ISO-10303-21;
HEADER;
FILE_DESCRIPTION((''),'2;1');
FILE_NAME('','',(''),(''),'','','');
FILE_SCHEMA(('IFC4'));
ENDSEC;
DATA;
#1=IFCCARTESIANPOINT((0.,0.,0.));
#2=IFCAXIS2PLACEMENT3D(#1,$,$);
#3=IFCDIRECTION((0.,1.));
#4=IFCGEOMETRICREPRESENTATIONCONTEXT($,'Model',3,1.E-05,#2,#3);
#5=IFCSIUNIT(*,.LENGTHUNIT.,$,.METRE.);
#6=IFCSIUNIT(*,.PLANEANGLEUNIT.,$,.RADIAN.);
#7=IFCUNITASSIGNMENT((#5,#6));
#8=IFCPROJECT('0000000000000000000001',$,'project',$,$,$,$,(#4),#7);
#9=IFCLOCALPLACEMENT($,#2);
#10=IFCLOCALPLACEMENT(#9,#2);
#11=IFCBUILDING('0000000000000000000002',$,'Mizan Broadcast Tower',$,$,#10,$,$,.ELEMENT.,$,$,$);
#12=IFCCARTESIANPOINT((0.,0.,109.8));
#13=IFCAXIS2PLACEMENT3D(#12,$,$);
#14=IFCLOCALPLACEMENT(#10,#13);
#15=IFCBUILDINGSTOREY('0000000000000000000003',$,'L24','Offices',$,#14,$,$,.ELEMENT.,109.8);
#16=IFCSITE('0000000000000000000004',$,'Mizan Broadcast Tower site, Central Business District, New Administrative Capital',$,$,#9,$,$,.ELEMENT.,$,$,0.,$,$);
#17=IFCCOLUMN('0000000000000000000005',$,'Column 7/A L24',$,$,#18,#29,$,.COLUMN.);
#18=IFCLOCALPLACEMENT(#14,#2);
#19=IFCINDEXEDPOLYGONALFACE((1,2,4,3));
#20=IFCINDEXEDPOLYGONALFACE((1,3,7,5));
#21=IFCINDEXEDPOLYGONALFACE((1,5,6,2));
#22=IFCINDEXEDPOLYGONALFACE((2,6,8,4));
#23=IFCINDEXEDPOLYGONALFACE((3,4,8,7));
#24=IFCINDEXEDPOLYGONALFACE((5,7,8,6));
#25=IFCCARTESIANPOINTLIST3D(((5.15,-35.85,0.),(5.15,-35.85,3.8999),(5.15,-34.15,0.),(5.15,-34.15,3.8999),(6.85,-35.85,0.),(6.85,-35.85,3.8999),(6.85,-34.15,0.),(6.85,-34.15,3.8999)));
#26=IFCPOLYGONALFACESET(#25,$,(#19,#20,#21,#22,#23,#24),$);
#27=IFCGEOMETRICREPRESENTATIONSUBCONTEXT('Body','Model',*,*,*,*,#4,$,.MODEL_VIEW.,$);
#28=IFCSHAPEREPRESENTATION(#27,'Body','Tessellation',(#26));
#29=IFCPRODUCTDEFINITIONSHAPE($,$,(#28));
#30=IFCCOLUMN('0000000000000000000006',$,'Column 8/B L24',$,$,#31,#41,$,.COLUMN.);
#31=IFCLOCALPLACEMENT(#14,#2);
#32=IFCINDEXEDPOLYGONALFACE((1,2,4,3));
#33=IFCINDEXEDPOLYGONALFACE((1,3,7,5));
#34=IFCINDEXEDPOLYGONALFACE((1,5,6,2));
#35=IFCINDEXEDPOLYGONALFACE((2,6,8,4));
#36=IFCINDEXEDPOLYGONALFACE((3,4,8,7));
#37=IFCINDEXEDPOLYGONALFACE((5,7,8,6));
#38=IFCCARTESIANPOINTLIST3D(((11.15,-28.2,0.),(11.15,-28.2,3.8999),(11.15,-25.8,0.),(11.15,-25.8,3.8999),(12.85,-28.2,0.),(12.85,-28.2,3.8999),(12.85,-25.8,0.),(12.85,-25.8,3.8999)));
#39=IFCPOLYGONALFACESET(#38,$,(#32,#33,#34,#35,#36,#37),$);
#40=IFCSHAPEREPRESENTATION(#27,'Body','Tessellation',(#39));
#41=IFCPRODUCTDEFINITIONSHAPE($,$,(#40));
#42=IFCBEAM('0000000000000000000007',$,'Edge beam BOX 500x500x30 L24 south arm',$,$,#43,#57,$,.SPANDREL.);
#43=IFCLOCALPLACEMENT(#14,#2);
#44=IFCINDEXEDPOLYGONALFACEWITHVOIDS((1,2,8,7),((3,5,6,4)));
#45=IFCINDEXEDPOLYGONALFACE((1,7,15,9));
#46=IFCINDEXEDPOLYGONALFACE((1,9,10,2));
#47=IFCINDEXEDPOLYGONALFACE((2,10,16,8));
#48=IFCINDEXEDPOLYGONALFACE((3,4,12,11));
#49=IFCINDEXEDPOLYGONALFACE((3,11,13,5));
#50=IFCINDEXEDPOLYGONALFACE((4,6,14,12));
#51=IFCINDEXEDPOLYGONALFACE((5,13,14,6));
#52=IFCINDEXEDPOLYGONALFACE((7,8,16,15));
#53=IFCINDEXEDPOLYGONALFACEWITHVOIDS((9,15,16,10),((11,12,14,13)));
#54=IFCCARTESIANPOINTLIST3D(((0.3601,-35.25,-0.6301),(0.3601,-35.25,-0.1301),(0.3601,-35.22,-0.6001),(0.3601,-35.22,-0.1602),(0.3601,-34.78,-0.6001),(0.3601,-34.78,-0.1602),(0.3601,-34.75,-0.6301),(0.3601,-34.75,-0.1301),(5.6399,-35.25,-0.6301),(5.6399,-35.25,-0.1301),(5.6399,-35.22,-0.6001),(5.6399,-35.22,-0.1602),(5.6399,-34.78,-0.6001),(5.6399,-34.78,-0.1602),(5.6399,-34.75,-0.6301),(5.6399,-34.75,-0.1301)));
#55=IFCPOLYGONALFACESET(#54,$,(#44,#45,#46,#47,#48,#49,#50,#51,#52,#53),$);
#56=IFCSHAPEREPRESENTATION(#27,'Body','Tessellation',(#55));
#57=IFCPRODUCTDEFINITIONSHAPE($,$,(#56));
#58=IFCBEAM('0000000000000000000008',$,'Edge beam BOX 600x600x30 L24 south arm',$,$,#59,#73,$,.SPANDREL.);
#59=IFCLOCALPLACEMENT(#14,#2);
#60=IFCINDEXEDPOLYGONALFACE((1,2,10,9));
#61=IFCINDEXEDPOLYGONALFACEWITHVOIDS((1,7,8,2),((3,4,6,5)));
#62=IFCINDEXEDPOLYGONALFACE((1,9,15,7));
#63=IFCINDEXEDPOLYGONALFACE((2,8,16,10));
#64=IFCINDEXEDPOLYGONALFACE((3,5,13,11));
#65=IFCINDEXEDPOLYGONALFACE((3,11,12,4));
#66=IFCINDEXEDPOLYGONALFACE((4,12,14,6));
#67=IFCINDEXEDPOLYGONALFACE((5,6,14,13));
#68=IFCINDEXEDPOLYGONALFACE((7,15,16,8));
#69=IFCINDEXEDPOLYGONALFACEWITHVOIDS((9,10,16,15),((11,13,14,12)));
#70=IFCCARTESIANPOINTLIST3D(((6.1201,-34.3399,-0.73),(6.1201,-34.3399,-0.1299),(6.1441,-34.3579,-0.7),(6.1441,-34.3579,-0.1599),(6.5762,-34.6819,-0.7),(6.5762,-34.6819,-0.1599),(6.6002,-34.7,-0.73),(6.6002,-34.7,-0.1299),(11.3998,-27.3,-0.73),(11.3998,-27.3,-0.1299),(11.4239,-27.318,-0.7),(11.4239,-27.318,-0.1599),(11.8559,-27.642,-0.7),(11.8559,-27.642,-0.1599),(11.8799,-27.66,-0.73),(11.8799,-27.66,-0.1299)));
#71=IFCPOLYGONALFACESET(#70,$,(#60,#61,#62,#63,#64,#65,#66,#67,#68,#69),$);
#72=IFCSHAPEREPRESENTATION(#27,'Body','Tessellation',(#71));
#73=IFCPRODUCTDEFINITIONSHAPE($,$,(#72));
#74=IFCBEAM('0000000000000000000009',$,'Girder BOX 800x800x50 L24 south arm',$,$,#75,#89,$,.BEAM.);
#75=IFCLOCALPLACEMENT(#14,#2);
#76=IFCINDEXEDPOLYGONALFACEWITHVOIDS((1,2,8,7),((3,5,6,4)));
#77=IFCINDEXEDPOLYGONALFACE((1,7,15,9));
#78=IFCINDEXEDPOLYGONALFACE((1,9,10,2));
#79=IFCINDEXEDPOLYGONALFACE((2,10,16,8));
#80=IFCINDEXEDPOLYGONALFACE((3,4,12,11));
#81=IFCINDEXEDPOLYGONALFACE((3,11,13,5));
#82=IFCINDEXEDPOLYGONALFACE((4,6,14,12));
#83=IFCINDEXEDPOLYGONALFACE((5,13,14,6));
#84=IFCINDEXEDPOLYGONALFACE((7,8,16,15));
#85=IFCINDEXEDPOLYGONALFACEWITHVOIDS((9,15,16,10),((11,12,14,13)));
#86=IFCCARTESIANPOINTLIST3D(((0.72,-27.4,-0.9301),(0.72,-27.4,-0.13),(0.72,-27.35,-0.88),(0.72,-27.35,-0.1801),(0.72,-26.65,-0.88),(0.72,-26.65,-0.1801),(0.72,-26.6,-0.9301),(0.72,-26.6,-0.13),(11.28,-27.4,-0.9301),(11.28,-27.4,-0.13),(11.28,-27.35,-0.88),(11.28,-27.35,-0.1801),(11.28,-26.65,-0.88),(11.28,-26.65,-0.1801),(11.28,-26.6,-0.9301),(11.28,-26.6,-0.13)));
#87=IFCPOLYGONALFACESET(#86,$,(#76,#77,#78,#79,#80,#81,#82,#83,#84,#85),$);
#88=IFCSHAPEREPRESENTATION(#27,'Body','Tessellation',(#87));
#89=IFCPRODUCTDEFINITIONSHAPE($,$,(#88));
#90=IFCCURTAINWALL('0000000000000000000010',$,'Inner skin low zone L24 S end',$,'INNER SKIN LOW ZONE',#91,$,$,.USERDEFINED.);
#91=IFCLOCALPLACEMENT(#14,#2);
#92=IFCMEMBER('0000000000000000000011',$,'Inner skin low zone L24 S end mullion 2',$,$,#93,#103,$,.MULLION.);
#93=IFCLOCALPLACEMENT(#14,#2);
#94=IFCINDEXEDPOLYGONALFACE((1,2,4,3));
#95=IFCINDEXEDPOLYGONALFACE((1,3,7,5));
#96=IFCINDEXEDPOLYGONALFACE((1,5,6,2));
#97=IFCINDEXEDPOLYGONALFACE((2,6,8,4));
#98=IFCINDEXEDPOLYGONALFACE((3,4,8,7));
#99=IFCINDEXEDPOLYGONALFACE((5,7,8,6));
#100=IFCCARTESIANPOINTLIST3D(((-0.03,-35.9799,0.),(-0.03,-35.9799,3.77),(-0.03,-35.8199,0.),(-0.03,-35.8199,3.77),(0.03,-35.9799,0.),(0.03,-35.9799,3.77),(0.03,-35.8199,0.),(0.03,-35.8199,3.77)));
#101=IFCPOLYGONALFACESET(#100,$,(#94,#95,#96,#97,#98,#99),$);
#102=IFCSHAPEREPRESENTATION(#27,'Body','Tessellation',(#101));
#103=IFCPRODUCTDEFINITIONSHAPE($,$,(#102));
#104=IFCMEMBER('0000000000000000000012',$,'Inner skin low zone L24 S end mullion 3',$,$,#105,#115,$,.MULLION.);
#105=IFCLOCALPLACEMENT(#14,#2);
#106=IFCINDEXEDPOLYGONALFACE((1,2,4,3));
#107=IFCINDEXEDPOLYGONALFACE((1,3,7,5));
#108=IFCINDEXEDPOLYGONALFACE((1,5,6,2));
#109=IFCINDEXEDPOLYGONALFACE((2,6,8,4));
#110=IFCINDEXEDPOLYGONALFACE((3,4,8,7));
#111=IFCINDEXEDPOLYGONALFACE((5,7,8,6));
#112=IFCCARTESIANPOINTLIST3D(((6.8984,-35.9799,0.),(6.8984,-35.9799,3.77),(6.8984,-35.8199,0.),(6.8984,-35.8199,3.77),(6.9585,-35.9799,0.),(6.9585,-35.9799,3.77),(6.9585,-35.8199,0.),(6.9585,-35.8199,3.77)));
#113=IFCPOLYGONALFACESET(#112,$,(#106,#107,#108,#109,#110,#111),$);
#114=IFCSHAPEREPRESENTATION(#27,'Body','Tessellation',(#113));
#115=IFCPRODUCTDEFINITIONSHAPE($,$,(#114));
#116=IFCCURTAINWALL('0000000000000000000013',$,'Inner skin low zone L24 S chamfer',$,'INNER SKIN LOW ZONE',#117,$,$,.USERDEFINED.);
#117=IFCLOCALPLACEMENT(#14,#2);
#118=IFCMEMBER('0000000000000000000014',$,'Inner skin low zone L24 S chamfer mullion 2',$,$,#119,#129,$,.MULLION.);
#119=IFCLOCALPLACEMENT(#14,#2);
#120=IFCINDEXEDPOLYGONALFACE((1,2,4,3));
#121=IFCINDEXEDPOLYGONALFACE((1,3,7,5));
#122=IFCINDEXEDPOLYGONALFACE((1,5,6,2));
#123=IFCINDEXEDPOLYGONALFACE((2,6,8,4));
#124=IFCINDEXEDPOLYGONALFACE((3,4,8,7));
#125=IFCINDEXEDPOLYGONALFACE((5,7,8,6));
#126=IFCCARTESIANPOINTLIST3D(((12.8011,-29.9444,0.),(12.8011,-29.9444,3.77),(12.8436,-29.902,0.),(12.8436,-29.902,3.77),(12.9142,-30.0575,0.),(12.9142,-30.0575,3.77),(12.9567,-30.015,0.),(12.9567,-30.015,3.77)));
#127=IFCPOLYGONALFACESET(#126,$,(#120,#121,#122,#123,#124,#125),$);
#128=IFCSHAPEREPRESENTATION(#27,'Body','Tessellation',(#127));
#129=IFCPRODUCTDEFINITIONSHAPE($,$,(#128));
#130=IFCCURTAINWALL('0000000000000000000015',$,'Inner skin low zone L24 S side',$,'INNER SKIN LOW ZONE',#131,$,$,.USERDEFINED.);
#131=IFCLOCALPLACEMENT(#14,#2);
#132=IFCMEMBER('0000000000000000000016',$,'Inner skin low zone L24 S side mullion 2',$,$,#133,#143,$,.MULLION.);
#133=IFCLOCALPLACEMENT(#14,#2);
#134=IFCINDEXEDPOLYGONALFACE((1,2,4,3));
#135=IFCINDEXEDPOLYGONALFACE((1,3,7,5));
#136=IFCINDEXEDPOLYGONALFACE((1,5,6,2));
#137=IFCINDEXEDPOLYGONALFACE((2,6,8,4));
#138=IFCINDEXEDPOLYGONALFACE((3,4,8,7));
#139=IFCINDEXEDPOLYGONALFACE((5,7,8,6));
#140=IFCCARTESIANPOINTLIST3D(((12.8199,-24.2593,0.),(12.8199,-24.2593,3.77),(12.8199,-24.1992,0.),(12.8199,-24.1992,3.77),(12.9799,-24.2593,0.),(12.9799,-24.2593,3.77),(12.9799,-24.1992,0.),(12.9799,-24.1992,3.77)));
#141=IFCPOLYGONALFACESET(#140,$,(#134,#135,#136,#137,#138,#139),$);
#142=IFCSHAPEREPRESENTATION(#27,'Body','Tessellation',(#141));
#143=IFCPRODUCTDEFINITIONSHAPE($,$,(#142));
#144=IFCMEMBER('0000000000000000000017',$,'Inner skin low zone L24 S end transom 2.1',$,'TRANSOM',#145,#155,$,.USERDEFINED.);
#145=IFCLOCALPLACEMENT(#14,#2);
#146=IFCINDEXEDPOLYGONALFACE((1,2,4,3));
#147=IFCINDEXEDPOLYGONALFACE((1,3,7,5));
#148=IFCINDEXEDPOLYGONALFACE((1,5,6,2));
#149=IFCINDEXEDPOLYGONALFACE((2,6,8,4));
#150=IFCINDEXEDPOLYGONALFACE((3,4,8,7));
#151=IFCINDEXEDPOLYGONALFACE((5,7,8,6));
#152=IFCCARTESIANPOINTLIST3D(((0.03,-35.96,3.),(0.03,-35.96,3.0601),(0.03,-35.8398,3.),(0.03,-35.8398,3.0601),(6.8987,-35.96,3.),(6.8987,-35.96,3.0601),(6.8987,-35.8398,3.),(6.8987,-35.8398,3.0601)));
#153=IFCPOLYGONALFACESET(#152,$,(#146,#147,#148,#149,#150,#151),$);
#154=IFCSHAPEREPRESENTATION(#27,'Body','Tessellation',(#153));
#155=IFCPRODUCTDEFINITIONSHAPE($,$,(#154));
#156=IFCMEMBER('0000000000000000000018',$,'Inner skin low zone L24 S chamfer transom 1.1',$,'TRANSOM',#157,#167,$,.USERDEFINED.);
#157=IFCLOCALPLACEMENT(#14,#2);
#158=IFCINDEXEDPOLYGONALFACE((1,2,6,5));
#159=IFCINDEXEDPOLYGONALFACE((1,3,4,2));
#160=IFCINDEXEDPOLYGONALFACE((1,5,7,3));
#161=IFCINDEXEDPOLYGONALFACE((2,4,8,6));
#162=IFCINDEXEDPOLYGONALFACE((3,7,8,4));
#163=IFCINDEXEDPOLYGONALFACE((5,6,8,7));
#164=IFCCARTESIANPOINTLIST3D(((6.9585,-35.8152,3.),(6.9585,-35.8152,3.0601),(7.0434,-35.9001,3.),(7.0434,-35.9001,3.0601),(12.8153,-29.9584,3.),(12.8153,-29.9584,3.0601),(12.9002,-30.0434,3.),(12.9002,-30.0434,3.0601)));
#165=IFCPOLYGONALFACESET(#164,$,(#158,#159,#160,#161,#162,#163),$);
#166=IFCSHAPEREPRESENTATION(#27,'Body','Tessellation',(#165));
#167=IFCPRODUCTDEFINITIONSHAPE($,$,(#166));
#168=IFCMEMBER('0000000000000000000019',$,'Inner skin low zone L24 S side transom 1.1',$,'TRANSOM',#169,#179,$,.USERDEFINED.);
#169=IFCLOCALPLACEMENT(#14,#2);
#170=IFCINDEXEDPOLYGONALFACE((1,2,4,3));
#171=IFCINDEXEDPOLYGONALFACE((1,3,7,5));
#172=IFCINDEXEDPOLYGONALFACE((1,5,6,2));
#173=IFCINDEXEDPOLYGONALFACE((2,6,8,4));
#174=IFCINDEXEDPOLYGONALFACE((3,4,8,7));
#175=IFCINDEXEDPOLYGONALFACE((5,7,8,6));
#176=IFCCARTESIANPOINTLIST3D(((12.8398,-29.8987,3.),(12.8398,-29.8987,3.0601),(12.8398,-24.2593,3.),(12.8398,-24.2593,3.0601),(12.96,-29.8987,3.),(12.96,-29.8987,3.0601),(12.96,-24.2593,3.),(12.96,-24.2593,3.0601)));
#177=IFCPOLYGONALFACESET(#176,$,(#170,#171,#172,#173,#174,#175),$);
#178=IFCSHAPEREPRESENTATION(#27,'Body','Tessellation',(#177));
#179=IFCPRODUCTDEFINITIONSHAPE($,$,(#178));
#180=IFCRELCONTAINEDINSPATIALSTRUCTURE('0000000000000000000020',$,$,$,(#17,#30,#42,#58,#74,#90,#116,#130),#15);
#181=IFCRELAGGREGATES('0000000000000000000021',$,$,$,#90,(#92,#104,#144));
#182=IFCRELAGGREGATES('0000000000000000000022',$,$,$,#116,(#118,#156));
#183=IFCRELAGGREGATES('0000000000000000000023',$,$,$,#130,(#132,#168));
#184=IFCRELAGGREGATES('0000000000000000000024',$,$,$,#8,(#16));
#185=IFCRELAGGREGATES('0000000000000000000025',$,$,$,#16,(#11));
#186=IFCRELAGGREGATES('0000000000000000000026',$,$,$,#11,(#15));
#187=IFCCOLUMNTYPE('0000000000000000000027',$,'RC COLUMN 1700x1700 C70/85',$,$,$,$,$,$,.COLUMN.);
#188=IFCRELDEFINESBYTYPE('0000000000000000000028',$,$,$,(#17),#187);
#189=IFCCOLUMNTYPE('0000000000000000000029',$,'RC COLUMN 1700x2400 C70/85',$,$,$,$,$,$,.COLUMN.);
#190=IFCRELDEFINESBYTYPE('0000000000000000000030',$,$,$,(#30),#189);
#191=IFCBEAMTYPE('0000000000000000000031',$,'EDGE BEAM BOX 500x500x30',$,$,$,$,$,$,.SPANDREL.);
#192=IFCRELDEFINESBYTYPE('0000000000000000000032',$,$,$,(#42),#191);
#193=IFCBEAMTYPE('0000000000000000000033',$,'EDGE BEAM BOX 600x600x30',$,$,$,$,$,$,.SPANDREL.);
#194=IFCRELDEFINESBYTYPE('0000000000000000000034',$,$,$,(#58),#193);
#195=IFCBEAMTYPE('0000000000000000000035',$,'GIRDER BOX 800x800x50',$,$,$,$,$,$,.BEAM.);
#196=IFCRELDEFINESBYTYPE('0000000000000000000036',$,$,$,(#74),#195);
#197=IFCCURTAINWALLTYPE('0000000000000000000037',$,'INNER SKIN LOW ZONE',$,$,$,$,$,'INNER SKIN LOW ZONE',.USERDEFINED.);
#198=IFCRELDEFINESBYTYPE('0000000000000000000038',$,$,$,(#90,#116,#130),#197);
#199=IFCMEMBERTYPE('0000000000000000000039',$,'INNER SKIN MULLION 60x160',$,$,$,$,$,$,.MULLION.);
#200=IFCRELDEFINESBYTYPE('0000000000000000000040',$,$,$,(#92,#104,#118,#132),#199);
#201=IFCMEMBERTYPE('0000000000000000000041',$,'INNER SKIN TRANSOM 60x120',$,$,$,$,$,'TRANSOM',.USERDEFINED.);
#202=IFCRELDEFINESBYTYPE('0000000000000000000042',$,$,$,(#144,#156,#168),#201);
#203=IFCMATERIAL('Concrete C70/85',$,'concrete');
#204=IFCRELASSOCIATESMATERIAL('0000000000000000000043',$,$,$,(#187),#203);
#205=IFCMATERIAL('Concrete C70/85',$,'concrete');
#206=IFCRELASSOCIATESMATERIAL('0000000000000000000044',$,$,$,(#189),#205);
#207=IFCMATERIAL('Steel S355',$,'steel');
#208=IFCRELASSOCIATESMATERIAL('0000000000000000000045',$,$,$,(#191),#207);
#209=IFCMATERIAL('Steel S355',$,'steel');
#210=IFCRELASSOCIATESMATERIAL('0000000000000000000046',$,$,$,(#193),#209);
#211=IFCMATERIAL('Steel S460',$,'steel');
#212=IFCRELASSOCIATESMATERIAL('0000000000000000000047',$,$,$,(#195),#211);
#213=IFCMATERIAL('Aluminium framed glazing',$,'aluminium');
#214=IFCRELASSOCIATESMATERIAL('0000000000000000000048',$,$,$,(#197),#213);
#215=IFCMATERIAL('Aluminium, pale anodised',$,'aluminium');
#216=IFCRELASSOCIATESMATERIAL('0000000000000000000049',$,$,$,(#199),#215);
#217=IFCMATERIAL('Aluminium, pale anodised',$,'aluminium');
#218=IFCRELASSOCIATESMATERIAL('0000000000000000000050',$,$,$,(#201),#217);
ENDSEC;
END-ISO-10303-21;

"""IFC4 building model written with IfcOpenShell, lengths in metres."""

from ifc_helpers import new_model, si_unit, direction, frame, origin, origin_2d, place, context, subcontext, project, spatial, rectangle, hollow_rectangle, extrude, material, material_profile, profile_set, type_object, element, aggregate, save


model = new_model("IFC4")

# Units and contexts
model_context = context("Model", 3, precision=1e-05, world=origin(), true_north=direction((0.0, 1.0)))
body_context = subcontext(model_context, "Body", "Model", "MODEL_VIEW")
ifc_project = project(units=[si_unit("LENGTHUNIT", "METRE"), si_unit("PLANEANGLEUNIT", "RADIAN")], contexts=[model_context])

# Site, building, storey
site_placement = place(None, origin())
site = spatial("IfcSite", under=ifc_project, at=site_placement, Name="Mizan Broadcast Tower site, Central Business District, New Administrative Capital", CompositionType="ELEMENT", RefElevation=0.0)
building_placement = place(site_placement, origin())
building = spatial("IfcBuilding", under=site, at=building_placement, Name="Mizan Broadcast Tower", CompositionType="ELEMENT")
storey_placement = place(building_placement, frame((0.0, 0.0, 109.8)))
storey = spatial("IfcBuildingStorey", under=building, at=storey_placement, Name="L24", Description="Offices", CompositionType="ELEMENT", Elevation=109.8)

# Columns
ifc_material_1 = material(Name="Concrete C70/85", Category="concrete")
ifc_material_profile_1 = material_profile(ifc_material_1, rectangle(XDim=1.7, YDim=1.7, at=origin_2d()), Name="RC 1700x1700")
ifc_profile_set_1 = profile_set([ifc_material_profile_1], Name="Concrete C70/85")
column_type_1 = type_object("IfcColumnType", Name="RC COLUMN 1700x1700 C70/85", PredefinedType="COLUMN", material=ifc_profile_set_1)
column_1_placement = place(storey_placement, frame((6.0, -35.0, 0.0), z_axis=(0.0, 0.0, 1.0), x_axis=(1.0, 0.0, 0.0)))
element("IfcColumn", 1, at=column_1_placement, inside=storey, type_object=column_type_1, Name="Column 7/A L24", PredefinedType="COLUMN", context=body_context, shape_type="SweptSolid", body=[
    extrude(rectangle(XDim=1.7, YDim=1.7, at=origin_2d()), origin(), (0.0, 0.0, 1.0), 3.8999),
])
ifc_material_2 = material(Name="Concrete C70/85", Category="concrete")
ifc_material_profile_2 = material_profile(ifc_material_2, rectangle(XDim=1.7, YDim=2.3999, at=origin_2d()), Name="RC 1700x2400")
ifc_profile_set_2 = profile_set([ifc_material_profile_2], Name="Concrete C70/85")
column_type_2 = type_object("IfcColumnType", Name="RC COLUMN 1700x2400 C70/85", PredefinedType="COLUMN", material=ifc_profile_set_2)
column_2_placement = place(storey_placement, frame((12.0, -27.0, 0.0), z_axis=(0.0, 0.0, 1.0), x_axis=(1.0, 0.0, 0.0)))
element("IfcColumn", 2, at=column_2_placement, inside=storey, type_object=column_type_2, Name="Column 8/B L24", PredefinedType="COLUMN", context=body_context, shape_type="SweptSolid", body=[
    extrude(rectangle(XDim=1.7, YDim=2.3999, at=origin_2d()), origin(), (0.0, 0.0, 1.0), 3.8999),
])

# Beams
ifc_material_3 = material(Name="Steel S355", Category="steel")
ifc_material_profile_3 = material_profile(ifc_material_3, hollow_rectangle(XDim=0.5, YDim=0.5, WallThickness=0.03, at=origin_2d()), Name="BOX 500x500x30")
ifc_profile_set_3 = profile_set([ifc_material_profile_3], Name="Steel S355")
beam_type_1 = type_object("IfcBeamType", Name="EDGE BEAM BOX 500x500x30", PredefinedType="SPANDREL", material=ifc_profile_set_3)
beam_1_placement = place(storey_placement, frame((5.6399, -35.0, -0.3801), z_axis=(-1.0, 0.0, 0.0), x_axis=(0.0, -1.0, 0.0)))
element("IfcBeam", 3, at=beam_1_placement, inside=storey, type_object=beam_type_1, Name="Edge beam BOX 500x500x30 L24 south arm", PredefinedType="SPANDREL", context=body_context, shape_type="SweptSolid", body=[
    extrude(hollow_rectangle(XDim=0.5, YDim=0.5, WallThickness=0.03, at=origin_2d()), origin(), (0.0, 0.0, 1.0), 5.2798),
])
ifc_material_4 = material(Name="Steel S355", Category="steel")
ifc_material_profile_4 = material_profile(ifc_material_4, hollow_rectangle(XDim=0.6001, YDim=0.6001, WallThickness=0.03, at=origin_2d()), Name="BOX 600x600x30")
ifc_profile_set_4 = profile_set([ifc_material_profile_4], Name="Steel S355")
beam_type_2 = type_object("IfcBeamType", Name="EDGE BEAM BOX 600x600x30", PredefinedType="SPANDREL", material=ifc_profile_set_4)
beam_2_placement = place(storey_placement, frame((11.6399, -27.48, -0.4299), z_axis=(-0.599982, -0.800013, 0.0), x_axis=(0.800013, -0.599982, 0.0)))
element("IfcBeam", 4, at=beam_2_placement, inside=storey, type_object=beam_type_2, Name="Edge beam BOX 600x600x30 L24 south arm", PredefinedType="SPANDREL", context=body_context, shape_type="SweptSolid", body=[
    extrude(hollow_rectangle(XDim=0.6001, YDim=0.6001, WallThickness=0.03, at=origin_2d()), origin(), (0.0, 0.0, 1.0), 8.7998),
])
ifc_material_5 = material(Name="Steel S460", Category="steel")
ifc_material_profile_5 = material_profile(ifc_material_5, hollow_rectangle(XDim=0.8, YDim=0.8, WallThickness=0.05, at=origin_2d()), Name="BOX 800x800x50")
ifc_profile_set_5 = profile_set([ifc_material_profile_5], Name="Steel S460")
beam_type_3 = type_object("IfcBeamType", Name="GIRDER BOX 800x800x50", PredefinedType="BEAM", material=ifc_profile_set_5)
beam_3_placement = place(storey_placement, frame((11.28, -27.0, -0.53), z_axis=(-1.0, 0.0, 0.0), x_axis=(0.0, -1.0, 0.0)))
element("IfcBeam", 5, at=beam_3_placement, inside=storey, type_object=beam_type_3, Name="Girder BOX 800x800x50 L24 south arm", PredefinedType="BEAM", context=body_context, shape_type="SweptSolid", body=[
    extrude(hollow_rectangle(XDim=0.8, YDim=0.8, WallThickness=0.05, at=origin_2d()), origin(), (0.0, 0.0, 1.0), 10.5601),
])

# Curtain wall, members
ifc_material_6 = material(Name="Aluminium framed glazing", Category="aluminium")
curtain_wall_type_1 = type_object("IfcCurtainWallType", Name="INNER SKIN LOW ZONE", ElementType="INNER SKIN LOW ZONE", PredefinedType="USERDEFINED", material=ifc_material_6)
curtain_wall_1_placement = place(storey_placement, origin())
curtain_wall_1 = element("IfcCurtainWall", 6, at=curtain_wall_1_placement, inside=storey, type_object=curtain_wall_type_1, Name="Inner skin low zone L24 S end", ObjectType="INNER SKIN LOW ZONE", PredefinedType="USERDEFINED")
ifc_material_7 = material(Name="Aluminium, pale anodised", Category="aluminium")
ifc_material_profile_6 = material_profile(ifc_material_7, rectangle(XDim=0.1599, YDim=0.0601, at=origin_2d()), Name="MULLION 160x60")
ifc_profile_set_6 = profile_set([ifc_material_profile_6], Name="Aluminium, pale anodised")
member_type_1 = type_object("IfcMemberType", Name="INNER SKIN MULLION 60x160", PredefinedType="MULLION", material=ifc_profile_set_6)
member_1_placement = place(storey_placement, frame((0.0, -35.8999, 0.0), z_axis=(0.0, 0.0, 1.0), x_axis=(0.0, 1.0, 0.0)))
member_1 = element("IfcMember", 7, at=member_1_placement, type_object=member_type_1, Name="Inner skin low zone L24 S end mullion 2", PredefinedType="MULLION", context=body_context, shape_type="SweptSolid", body=[
    extrude(rectangle(XDim=0.1599, YDim=0.0601, at=origin_2d()), origin(), (0.0, 0.0, 1.0), 3.77),
])
member_2_placement = place(storey_placement, frame((6.9285, -35.8999, 0.0), z_axis=(0.0, 0.0, 1.0), x_axis=(0.0, 1.0, 0.0)))
member_2 = element("IfcMember", 8, at=member_2_placement, type_object=member_type_1, Name="Inner skin low zone L24 S end mullion 3", PredefinedType="MULLION", context=body_context, shape_type="SweptSolid", body=[
    extrude(rectangle(XDim=0.1599, YDim=0.0601, at=origin_2d()), origin(), (0.0, 0.0, 1.0), 3.77),
])

# Curtain walls, members
curtain_wall_2_placement = place(storey_placement, origin())
curtain_wall_2 = element("IfcCurtainWall", 9, at=curtain_wall_2_placement, inside=storey, type_object=curtain_wall_type_1, Name="Inner skin low zone L24 S chamfer", ObjectType="INNER SKIN LOW ZONE", PredefinedType="USERDEFINED")
member_3_placement = place(storey_placement, frame((12.8789, -29.9797, 0.0), z_axis=(0.0, 0.0, 1.0), x_axis=(-0.707107, 0.707107, 0.0)))
member_3 = element("IfcMember", 10, at=member_3_placement, type_object=member_type_1, Name="Inner skin low zone L24 S chamfer mullion 2", PredefinedType="MULLION", context=body_context, shape_type="SweptSolid", body=[
    extrude(rectangle(XDim=0.1599, YDim=0.0601, at=origin_2d()), origin(), (0.0, 0.0, 1.0), 3.77),
])
curtain_wall_3_placement = place(storey_placement, origin())
curtain_wall_3 = element("IfcCurtainWall", 11, at=curtain_wall_3_placement, inside=storey, type_object=curtain_wall_type_1, Name="Inner skin low zone L24 S side", ObjectType="INNER SKIN LOW ZONE", PredefinedType="USERDEFINED")
member_4_placement = place(storey_placement, frame((12.8999, -24.2292, 0.0), z_axis=(0.0, 0.0, 1.0), x_axis=(-1.0, 0.0, 0.0)))
member_4 = element("IfcMember", 12, at=member_4_placement, type_object=member_type_1, Name="Inner skin low zone L24 S side mullion 2", PredefinedType="MULLION", context=body_context, shape_type="SweptSolid", body=[
    extrude(rectangle(XDim=0.1599, YDim=0.0601, at=origin_2d()), origin(), (0.0, 0.0, 1.0), 3.77),
])

# Members
ifc_material_8 = material(Name="Aluminium, pale anodised", Category="aluminium")
ifc_material_profile_7 = material_profile(ifc_material_8, rectangle(XDim=0.1201, YDim=0.0601, at=origin_2d()), Name="TRANSOM 120x60")
ifc_profile_set_7 = profile_set([ifc_material_profile_7], Name="Aluminium, pale anodised")
member_type_2 = type_object("IfcMemberType", Name="INNER SKIN TRANSOM 60x120", ElementType="TRANSOM", PredefinedType="USERDEFINED", material=ifc_profile_set_7)
member_5_placement = place(storey_placement, frame((0.03, -35.8999, 3.03), z_axis=(1.0, 0.0, 0.0), x_axis=(0.0, 1.0, 0.0)))
member_5 = element("IfcMember", 13, at=member_5_placement, type_object=member_type_2, Name="Inner skin low zone L24 S end transom 2.1", ObjectType="TRANSOM", PredefinedType="USERDEFINED", context=body_context, shape_type="SweptSolid", body=[
    extrude(rectangle(XDim=0.1201, YDim=0.0601, at=origin_2d()), origin(), (0.0, 0.0, 1.0), 6.8687),
])
member_6_placement = place(storey_placement, frame((7.001, -35.8577, 3.03), z_axis=(0.707107, 0.707107, 0.0), x_axis=(-0.707107, 0.707107, 0.0)))
member_6 = element("IfcMember", 14, at=member_6_placement, type_object=member_type_2, Name="Inner skin low zone L24 S chamfer transom 1.1", ObjectType="TRANSOM", PredefinedType="USERDEFINED", context=body_context, shape_type="SweptSolid", body=[
    extrude(rectangle(XDim=0.1201, YDim=0.0601, at=origin_2d()), origin(), (0.0, 0.0, 1.0), 8.2827),
])
member_7_placement = place(storey_placement, frame((12.8999, -29.8987, 3.03), z_axis=(0.0, 1.0, 0.0), x_axis=(-1.0, 0.0, 0.0)))
member_7 = element("IfcMember", 15, at=member_7_placement, type_object=member_type_2, Name="Inner skin low zone L24 S side transom 1.1", ObjectType="TRANSOM", PredefinedType="USERDEFINED", context=body_context, shape_type="SweptSolid", body=[
    extrude(rectangle(XDim=0.1201, YDim=0.0601, at=origin_2d()), origin(), (0.0, 0.0, 1.0), 5.6394),
])

aggregate(curtain_wall_1, [member_1, member_2, member_5])
aggregate(curtain_wall_2, [member_3, member_6])
aggregate(curtain_wall_3, [member_4, member_7])

save(model, "model.ifc")
